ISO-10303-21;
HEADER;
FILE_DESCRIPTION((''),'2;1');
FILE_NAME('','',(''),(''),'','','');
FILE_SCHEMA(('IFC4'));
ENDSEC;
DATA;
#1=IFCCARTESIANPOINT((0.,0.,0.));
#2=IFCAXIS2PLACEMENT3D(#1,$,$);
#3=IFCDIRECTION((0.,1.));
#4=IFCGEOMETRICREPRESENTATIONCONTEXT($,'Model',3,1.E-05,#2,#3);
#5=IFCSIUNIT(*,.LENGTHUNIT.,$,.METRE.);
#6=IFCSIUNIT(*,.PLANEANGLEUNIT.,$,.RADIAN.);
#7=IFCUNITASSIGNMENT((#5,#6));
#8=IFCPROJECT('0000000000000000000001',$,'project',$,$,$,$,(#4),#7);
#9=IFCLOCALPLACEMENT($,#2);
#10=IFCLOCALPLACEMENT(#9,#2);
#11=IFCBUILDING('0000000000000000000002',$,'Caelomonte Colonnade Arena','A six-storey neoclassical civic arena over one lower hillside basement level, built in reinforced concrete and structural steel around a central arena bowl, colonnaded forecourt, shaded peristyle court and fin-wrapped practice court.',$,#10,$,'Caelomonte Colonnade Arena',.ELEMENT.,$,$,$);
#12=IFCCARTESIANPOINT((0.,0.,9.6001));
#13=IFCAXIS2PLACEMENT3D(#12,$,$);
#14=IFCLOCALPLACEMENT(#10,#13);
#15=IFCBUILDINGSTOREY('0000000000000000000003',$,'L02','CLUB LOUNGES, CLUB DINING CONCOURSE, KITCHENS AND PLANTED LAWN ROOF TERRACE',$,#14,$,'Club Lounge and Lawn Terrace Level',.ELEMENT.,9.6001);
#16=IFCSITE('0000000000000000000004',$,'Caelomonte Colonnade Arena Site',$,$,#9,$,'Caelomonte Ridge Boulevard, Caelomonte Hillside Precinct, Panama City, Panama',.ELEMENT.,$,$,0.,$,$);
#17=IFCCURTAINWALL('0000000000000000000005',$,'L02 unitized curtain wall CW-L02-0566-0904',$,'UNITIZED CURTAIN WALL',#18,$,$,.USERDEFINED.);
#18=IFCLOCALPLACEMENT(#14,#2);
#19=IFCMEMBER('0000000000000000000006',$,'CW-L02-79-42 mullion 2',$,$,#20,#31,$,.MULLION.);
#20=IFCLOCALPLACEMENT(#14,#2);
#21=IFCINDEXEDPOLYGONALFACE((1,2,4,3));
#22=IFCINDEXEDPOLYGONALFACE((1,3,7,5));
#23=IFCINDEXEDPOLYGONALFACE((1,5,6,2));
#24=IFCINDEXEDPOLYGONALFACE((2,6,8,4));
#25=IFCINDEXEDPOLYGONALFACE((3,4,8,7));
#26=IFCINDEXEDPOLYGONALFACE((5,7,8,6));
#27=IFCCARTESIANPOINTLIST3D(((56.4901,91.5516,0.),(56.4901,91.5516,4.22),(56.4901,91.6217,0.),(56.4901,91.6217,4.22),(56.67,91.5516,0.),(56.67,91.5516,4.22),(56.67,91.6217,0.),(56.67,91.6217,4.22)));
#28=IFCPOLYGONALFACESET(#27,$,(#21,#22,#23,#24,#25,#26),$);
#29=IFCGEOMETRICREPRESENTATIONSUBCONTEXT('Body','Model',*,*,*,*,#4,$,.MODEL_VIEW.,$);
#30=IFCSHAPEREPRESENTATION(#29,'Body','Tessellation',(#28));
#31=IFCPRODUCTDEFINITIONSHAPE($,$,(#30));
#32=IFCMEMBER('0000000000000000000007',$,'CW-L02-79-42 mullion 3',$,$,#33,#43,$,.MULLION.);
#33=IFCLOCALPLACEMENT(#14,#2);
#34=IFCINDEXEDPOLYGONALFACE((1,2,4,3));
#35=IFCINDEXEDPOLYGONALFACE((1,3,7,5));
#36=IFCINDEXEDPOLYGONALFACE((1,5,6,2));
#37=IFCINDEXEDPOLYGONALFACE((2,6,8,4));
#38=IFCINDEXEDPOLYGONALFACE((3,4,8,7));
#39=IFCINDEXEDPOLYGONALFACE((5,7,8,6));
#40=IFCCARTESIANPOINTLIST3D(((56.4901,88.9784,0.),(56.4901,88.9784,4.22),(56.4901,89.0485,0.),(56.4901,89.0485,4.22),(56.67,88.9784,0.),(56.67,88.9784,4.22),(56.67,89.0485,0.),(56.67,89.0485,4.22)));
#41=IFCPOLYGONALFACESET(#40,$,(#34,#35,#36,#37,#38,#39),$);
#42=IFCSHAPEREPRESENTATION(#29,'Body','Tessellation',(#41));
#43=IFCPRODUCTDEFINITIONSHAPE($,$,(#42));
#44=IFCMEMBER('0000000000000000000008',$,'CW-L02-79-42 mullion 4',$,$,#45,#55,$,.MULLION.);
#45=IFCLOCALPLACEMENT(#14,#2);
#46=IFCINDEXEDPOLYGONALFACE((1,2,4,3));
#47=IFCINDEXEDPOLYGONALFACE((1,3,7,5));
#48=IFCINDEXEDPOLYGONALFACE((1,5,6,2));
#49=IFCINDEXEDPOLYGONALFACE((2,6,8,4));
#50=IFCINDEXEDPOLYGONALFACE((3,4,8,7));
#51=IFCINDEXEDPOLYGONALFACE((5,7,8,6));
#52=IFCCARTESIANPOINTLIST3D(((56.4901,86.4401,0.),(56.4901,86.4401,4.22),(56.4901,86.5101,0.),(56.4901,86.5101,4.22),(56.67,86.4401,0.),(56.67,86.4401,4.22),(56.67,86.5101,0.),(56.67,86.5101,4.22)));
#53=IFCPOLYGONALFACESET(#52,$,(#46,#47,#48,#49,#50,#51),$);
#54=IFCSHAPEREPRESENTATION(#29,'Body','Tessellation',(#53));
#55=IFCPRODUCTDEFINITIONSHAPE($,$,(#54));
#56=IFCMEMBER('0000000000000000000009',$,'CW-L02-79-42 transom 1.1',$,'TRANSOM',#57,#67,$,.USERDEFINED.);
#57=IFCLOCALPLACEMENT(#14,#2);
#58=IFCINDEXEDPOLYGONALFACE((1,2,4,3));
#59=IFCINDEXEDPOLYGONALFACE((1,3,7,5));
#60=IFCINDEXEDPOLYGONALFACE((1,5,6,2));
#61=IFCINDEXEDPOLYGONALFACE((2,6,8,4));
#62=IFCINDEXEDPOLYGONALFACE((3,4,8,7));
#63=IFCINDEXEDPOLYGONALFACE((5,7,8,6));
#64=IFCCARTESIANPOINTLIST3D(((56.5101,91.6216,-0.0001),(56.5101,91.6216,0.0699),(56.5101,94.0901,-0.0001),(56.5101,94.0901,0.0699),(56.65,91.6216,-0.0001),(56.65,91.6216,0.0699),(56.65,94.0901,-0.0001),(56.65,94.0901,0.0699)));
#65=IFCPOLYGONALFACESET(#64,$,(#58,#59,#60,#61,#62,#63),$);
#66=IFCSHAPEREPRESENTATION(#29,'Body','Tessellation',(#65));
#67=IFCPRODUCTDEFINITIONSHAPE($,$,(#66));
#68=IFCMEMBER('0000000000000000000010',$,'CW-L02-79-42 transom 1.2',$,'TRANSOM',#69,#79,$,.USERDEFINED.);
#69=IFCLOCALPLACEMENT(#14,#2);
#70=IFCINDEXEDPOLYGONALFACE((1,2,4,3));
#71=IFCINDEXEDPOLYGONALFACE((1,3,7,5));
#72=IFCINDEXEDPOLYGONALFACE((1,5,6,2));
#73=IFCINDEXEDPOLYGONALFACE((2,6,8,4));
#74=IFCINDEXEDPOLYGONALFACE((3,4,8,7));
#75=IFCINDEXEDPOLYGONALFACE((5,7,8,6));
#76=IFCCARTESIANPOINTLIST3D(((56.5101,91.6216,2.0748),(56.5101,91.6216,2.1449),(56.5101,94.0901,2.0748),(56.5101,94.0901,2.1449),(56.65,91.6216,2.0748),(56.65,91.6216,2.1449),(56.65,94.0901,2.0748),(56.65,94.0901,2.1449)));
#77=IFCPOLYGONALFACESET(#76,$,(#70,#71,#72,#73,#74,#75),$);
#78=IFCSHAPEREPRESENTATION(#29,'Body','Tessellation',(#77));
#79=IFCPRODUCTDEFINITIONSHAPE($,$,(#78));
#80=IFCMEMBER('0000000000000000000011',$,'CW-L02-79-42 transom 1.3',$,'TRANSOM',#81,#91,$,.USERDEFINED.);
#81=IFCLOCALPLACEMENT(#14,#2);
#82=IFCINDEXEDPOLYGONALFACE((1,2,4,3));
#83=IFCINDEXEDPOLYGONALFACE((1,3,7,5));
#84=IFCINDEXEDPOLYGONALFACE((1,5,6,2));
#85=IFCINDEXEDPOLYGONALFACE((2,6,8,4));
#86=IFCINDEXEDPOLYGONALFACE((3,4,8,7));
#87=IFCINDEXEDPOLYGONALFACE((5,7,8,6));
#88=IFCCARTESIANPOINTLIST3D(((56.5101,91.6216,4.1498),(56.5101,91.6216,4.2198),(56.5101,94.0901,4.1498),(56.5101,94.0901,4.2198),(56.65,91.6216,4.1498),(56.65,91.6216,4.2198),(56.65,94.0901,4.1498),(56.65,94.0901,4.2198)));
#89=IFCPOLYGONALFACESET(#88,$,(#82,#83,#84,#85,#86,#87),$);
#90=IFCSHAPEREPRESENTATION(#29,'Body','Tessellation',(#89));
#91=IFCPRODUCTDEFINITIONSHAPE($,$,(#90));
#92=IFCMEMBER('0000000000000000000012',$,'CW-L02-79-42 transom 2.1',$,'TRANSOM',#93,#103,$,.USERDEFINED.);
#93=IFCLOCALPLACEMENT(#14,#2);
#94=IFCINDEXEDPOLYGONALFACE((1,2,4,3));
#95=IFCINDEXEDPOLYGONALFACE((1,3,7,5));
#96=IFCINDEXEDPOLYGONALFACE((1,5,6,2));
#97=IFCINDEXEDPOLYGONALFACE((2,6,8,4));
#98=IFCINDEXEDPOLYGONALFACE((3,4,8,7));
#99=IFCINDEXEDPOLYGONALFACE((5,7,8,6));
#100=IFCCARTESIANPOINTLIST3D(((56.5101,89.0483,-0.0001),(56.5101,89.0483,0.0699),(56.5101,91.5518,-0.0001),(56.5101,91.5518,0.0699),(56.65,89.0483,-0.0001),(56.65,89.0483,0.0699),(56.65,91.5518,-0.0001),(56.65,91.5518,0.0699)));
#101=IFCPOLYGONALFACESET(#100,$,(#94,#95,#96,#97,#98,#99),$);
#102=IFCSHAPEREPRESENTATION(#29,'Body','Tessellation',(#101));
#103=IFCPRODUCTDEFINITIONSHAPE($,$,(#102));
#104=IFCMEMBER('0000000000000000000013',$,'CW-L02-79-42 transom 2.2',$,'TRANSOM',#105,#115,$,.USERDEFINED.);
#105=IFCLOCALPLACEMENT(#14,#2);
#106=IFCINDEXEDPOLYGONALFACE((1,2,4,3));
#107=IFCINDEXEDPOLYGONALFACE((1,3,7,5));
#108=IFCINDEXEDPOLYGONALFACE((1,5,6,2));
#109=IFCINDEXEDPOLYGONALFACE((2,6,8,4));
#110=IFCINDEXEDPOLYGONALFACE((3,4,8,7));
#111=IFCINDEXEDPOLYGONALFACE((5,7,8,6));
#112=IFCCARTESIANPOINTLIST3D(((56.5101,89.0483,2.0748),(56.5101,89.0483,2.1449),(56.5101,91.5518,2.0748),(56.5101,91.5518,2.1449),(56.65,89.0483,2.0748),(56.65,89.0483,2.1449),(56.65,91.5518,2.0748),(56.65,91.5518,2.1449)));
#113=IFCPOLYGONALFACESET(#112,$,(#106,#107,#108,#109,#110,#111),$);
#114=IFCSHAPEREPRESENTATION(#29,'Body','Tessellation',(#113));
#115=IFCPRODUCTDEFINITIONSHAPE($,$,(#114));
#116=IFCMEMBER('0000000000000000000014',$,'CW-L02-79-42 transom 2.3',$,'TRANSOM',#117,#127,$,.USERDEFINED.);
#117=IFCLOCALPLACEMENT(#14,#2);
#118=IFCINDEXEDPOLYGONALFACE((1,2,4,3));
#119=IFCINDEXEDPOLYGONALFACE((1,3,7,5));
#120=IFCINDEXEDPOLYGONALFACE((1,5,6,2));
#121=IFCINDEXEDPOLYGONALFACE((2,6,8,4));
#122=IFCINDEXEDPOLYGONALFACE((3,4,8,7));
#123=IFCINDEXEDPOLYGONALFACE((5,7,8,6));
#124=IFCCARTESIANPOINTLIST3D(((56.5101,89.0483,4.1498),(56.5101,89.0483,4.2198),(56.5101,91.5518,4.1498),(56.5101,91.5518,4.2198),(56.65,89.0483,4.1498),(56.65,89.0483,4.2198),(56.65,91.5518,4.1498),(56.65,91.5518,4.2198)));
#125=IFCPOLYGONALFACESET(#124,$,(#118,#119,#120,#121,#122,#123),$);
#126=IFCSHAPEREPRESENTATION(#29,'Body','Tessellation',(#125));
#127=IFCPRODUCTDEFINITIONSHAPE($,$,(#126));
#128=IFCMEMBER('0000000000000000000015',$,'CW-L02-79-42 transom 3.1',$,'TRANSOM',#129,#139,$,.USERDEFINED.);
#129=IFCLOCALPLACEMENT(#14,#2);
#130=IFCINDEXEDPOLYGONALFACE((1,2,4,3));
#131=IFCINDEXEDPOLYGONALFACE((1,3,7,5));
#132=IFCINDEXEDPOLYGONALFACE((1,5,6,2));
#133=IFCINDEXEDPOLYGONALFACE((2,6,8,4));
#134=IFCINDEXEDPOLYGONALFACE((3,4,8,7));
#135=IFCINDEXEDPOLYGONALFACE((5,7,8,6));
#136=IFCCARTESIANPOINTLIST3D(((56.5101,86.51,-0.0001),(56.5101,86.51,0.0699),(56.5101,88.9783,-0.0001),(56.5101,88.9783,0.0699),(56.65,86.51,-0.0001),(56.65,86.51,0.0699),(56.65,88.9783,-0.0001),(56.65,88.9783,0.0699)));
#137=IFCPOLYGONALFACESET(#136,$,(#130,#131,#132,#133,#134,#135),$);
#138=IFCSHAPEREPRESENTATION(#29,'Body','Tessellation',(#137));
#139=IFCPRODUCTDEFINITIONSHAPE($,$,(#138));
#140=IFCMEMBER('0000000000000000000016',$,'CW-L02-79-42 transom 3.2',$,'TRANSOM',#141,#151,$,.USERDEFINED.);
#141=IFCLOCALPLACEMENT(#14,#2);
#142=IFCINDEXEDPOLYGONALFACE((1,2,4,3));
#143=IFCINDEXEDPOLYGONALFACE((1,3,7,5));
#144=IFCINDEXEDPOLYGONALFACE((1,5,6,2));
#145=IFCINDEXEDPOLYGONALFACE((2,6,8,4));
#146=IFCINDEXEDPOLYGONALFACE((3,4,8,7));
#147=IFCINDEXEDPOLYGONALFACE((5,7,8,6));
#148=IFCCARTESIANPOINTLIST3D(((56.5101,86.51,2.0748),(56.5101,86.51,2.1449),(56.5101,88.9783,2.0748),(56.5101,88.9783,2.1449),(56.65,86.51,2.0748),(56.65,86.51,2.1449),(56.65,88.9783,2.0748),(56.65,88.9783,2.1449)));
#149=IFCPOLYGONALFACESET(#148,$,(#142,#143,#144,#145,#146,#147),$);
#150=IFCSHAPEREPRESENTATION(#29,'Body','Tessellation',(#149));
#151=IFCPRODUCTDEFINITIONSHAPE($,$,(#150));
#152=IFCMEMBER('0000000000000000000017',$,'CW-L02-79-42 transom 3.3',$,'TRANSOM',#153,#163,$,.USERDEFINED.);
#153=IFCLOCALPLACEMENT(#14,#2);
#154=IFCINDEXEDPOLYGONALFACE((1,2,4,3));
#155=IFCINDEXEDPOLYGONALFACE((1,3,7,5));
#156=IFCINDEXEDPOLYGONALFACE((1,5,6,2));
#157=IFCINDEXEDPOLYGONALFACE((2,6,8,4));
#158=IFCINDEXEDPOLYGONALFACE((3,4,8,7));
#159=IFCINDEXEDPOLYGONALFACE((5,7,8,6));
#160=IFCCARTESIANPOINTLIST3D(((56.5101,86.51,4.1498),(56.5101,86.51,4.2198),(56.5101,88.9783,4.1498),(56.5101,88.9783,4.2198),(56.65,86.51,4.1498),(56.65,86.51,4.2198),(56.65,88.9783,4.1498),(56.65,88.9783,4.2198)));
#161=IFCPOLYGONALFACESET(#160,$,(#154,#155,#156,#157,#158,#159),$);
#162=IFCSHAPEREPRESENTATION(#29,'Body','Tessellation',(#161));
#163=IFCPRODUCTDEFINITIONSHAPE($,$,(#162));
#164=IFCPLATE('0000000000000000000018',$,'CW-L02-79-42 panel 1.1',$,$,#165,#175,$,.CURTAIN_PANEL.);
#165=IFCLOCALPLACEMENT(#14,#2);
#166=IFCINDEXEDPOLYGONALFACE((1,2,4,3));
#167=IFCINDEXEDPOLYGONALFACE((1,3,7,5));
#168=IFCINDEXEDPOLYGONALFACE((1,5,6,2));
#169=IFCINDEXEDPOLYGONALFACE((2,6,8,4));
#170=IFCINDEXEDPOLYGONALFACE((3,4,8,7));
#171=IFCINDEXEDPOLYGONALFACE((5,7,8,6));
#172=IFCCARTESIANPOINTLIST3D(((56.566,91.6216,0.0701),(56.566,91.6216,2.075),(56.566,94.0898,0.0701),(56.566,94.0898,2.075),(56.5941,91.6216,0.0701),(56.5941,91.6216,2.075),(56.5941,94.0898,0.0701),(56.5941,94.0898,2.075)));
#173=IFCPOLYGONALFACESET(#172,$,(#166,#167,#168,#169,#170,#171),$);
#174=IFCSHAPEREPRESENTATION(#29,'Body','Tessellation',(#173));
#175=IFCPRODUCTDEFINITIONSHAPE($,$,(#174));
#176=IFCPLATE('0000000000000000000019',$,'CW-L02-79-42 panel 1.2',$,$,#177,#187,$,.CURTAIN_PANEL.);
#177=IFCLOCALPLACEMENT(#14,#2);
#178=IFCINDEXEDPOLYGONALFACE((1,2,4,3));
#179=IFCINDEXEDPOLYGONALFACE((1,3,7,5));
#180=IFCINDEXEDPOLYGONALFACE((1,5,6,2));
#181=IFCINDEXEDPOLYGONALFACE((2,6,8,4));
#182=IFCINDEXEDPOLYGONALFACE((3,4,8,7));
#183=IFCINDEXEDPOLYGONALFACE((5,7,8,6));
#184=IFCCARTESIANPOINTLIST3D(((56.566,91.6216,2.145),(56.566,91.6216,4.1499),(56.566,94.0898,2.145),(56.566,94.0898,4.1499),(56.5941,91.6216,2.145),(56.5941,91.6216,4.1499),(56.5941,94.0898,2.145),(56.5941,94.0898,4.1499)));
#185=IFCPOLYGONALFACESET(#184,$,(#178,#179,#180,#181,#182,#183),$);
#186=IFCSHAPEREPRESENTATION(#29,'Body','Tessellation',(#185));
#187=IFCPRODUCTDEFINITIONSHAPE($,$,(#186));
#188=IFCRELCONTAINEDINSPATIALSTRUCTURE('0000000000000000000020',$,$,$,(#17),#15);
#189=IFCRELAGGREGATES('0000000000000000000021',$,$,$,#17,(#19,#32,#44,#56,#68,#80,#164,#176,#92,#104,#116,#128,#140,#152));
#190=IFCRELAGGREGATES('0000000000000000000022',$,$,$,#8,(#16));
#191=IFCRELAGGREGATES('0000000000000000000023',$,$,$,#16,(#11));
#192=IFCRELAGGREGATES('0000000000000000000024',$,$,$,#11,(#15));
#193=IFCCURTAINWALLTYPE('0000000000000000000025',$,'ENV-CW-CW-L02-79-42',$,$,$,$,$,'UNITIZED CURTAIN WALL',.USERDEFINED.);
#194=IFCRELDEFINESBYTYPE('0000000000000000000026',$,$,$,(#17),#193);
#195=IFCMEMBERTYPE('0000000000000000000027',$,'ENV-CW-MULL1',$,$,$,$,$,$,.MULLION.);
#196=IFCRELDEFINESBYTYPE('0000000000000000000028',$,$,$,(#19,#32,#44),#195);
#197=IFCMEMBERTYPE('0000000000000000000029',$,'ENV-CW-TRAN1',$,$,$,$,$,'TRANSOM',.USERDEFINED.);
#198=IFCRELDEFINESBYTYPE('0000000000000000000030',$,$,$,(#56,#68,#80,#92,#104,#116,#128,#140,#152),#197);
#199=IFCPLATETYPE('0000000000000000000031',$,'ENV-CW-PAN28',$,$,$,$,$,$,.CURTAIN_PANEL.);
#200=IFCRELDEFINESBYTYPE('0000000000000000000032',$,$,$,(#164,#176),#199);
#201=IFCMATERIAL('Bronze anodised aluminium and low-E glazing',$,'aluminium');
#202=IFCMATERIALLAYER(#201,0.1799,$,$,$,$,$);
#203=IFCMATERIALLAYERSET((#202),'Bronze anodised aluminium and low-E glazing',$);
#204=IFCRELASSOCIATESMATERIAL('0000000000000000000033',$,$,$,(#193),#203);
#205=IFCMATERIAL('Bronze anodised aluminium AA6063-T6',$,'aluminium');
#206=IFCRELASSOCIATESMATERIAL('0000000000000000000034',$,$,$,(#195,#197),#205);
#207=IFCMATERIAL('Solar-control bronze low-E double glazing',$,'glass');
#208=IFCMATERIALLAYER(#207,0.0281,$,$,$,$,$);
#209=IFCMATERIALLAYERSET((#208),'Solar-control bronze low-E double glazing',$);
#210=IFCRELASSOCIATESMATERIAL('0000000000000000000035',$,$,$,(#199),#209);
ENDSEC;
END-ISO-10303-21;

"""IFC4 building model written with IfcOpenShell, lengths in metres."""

from ifc_helpers import new_model, si_unit, direction, frame, origin, origin_2d, place, context, subcontext, project, spatial, rectangle, extrude, material, layer, layer_set, material_profile, profile_set, type_object, element, aggregate, save


model = new_model("IFC4")

# Units and contexts
model_context = context("Model", 3, precision=1e-05, world=origin(), true_north=direction((0.0, 1.0)))
body_context = subcontext(model_context, "Body", "Model", "MODEL_VIEW")
ifc_project = project(units=[si_unit("LENGTHUNIT", "METRE"), si_unit("PLANEANGLEUNIT", "RADIAN")], contexts=[model_context])

# Site, building, storey
site_placement = place(None, origin())
site = spatial("IfcSite", under=ifc_project, at=site_placement, Name="Caelomonte Colonnade Arena Site", LongName="Caelomonte Ridge Boulevard, Caelomonte Hillside Precinct, Panama City, Panama", CompositionType="ELEMENT", RefElevation=0.0)
building_placement = place(site_placement, origin())
building = spatial("IfcBuilding", under=site, at=building_placement, Name="Caelomonte Colonnade Arena", Description="A six-storey neoclassical civic arena over one lower hillside basement level, built in reinforced concrete and structural steel around a central arena bowl, colonnaded forecourt, shaded peristyle court and fin-wrapped practice court.", LongName="Caelomonte Colonnade Arena", CompositionType="ELEMENT")
storey_placement = place(building_placement, frame((0.0, 0.0, 9.6001)))
storey = spatial("IfcBuildingStorey", under=building, at=storey_placement, Name="L02", Description="CLUB LOUNGES, CLUB DINING CONCOURSE, KITCHENS AND PLANTED LAWN ROOF TERRACE", LongName="Club Lounge and Lawn Terrace Level", CompositionType="ELEMENT", Elevation=9.6001)

# Curtain wall, members, plates
ifc_material_1 = material(Name="Bronze anodised aluminium and low-E glazing", Category="aluminium")
ifc_layer_1 = layer(ifc_material_1, 0.1799)
ifc_layer_set_1 = layer_set([ifc_layer_1], Name="Bronze anodised aluminium and low-E glazing")
curtain_wall_type = type_object("IfcCurtainWallType", Name="ENV-CW-CW-L02-79-42", ElementType="UNITIZED CURTAIN WALL", PredefinedType="USERDEFINED", material=ifc_layer_set_1)
curtain_wall_placement = place(storey_placement, origin())
curtain_wall = element("IfcCurtainWall", 1, at=curtain_wall_placement, inside=storey, type_object=curtain_wall_type, Name="L02 unitized curtain wall CW-L02-0566-0904", ObjectType="UNITIZED CURTAIN WALL", PredefinedType="USERDEFINED")
ifc_material_2 = material(Name="Bronze anodised aluminium AA6063-T6", Category="aluminium")
ifc_material_profile_1 = material_profile(ifc_material_2, rectangle(XDim=0.0701, YDim=0.1799, at=origin_2d()), Name="CWM-70X180")
ifc_profile_set_1 = profile_set([ifc_material_profile_1], Name="Bronze anodised aluminium AA6063-T6")
member_type_1 = type_object("IfcMemberType", Name="ENV-CW-MULL1", PredefinedType="MULLION", material=ifc_profile_set_1)
member_1_placement = place(storey_placement, frame((56.5801, 91.5867, 0.0), z_axis=(0.0, 0.0, 1.0), x_axis=(0.0, -1.0, 0.0)))
member_1 = element("IfcMember", 2, at=member_1_placement, type_object=member_type_1, Name="CW-L02-79-42 mullion 2", PredefinedType="MULLION", context=body_context, shape_type="SweptSolid", body=[
    extrude(rectangle(XDim=0.0701, YDim=0.1799, at=origin_2d()), origin(), (0.0, 0.0, 1.0), 4.22),
])
member_2_placement = place(storey_placement, frame((56.5801, 89.0134, 0.0), z_axis=(0.0, 0.0, 1.0), x_axis=(0.0, -1.0, 0.0)))
member_2 = element("IfcMember", 3, at=member_2_placement, type_object=member_type_1, Name="CW-L02-79-42 mullion 3", PredefinedType="MULLION", context=body_context, shape_type="SweptSolid", body=[
    extrude(rectangle(XDim=0.0701, YDim=0.1799, at=origin_2d()), origin(), (0.0, 0.0, 1.0), 4.22),
])
member_3_placement = place(storey_placement, frame((56.5801, 86.4751, 0.0), z_axis=(0.0, 0.0, 1.0), x_axis=(0.0, -1.0, 0.0)))
member_3 = element("IfcMember", 4, at=member_3_placement, type_object=member_type_1, Name="CW-L02-79-42 mullion 4", PredefinedType="MULLION", context=body_context, shape_type="SweptSolid", body=[
    extrude(rectangle(XDim=0.0701, YDim=0.1799, at=origin_2d()), origin(), (0.0, 0.0, 1.0), 4.22),
])
ifc_material_profile_2 = material_profile(ifc_material_2, rectangle(XDim=0.0701, YDim=0.1399, at=origin_2d()), Name="CWT-70X140")
ifc_profile_set_2 = profile_set([ifc_material_profile_2], Name="Bronze anodised aluminium AA6063-T6")
member_type_2 = type_object("IfcMemberType", Name="ENV-CW-TRAN1", ElementType="TRANSOM", PredefinedType="USERDEFINED", material=ifc_profile_set_2)
member_4_placement = place(storey_placement, frame((56.5801, 94.0901, 0.0349), z_axis=(0.0, -1.0, 0.0), x_axis=(0.0, 0.0, 1.0)))
member_4 = element("IfcMember", 5, at=member_4_placement, type_object=member_type_2, Name="CW-L02-79-42 transom 1.1", ObjectType="TRANSOM", PredefinedType="USERDEFINED", context=body_context, shape_type="SweptSolid", body=[
    extrude(rectangle(XDim=0.0701, YDim=0.1399, at=origin_2d()), origin(), (0.0, 0.0, 1.0), 2.4685),
])
member_5_placement = place(storey_placement, frame((56.5801, 94.0901, 2.1099), z_axis=(0.0, -1.0, 0.0), x_axis=(0.0, 0.0, 1.0)))
member_5 = element("IfcMember", 6, at=member_5_placement, type_object=member_type_2, Name="CW-L02-79-42 transom 1.2", ObjectType="TRANSOM", PredefinedType="USERDEFINED", context=body_context, shape_type="SweptSolid", body=[
    extrude(rectangle(XDim=0.0701, YDim=0.1399, at=origin_2d()), origin(), (0.0, 0.0, 1.0), 2.4685),
])
member_6_placement = place(storey_placement, frame((56.5801, 94.0901, 4.1848), z_axis=(0.0, -1.0, 0.0), x_axis=(0.0, 0.0, 1.0)))
member_6 = element("IfcMember", 7, at=member_6_placement, type_object=member_type_2, Name="CW-L02-79-42 transom 1.3", ObjectType="TRANSOM", PredefinedType="USERDEFINED", context=body_context, shape_type="SweptSolid", body=[
    extrude(rectangle(XDim=0.0701, YDim=0.1399, at=origin_2d()), origin(), (0.0, 0.0, 1.0), 2.4685),
])
member_7_placement = place(storey_placement, frame((56.5801, 91.5518, 0.0349), z_axis=(0.0, -1.0, 0.0), x_axis=(0.0, 0.0, 1.0)))
member_7 = element("IfcMember", 8, at=member_7_placement, type_object=member_type_2, Name="CW-L02-79-42 transom 2.1", ObjectType="TRANSOM", PredefinedType="USERDEFINED", context=body_context, shape_type="SweptSolid", body=[
    extrude(rectangle(XDim=0.0701, YDim=0.1399, at=origin_2d()), origin(), (0.0, 0.0, 1.0), 2.5034),
])
member_8_placement = place(storey_placement, frame((56.5801, 91.5518, 2.1099), z_axis=(0.0, -1.0, 0.0), x_axis=(0.0, 0.0, 1.0)))
member_8 = element("IfcMember", 9, at=member_8_placement, type_object=member_type_2, Name="CW-L02-79-42 transom 2.2", ObjectType="TRANSOM", PredefinedType="USERDEFINED", context=body_context, shape_type="SweptSolid", body=[
    extrude(rectangle(XDim=0.0701, YDim=0.1399, at=origin_2d()), origin(), (0.0, 0.0, 1.0), 2.5034),
])
member_9_placement = place(storey_placement, frame((56.5801, 91.5518, 4.1848), z_axis=(0.0, -1.0, 0.0), x_axis=(0.0, 0.0, 1.0)))
member_9 = element("IfcMember", 10, at=member_9_placement, type_object=member_type_2, Name="CW-L02-79-42 transom 2.3", ObjectType="TRANSOM", PredefinedType="USERDEFINED", context=body_context, shape_type="SweptSolid", body=[
    extrude(rectangle(XDim=0.0701, YDim=0.1399, at=origin_2d()), origin(), (0.0, 0.0, 1.0), 2.5034),
])
member_10_placement = place(storey_placement, frame((56.5801, 88.9783, 0.0349), z_axis=(0.0, -1.0, 0.0), x_axis=(0.0, 0.0, 1.0)))
member_10 = element("IfcMember", 11, at=member_10_placement, type_object=member_type_2, Name="CW-L02-79-42 transom 3.1", ObjectType="TRANSOM", PredefinedType="USERDEFINED", context=body_context, shape_type="SweptSolid", body=[
    extrude(rectangle(XDim=0.0701, YDim=0.1399, at=origin_2d()), origin(), (0.0, 0.0, 1.0), 2.4683),
])
member_11_placement = place(storey_placement, frame((56.5801, 88.9783, 2.1099), z_axis=(0.0, -1.0, 0.0), x_axis=(0.0, 0.0, 1.0)))
member_11 = element("IfcMember", 12, at=member_11_placement, type_object=member_type_2, Name="CW-L02-79-42 transom 3.2", ObjectType="TRANSOM", PredefinedType="USERDEFINED", context=body_context, shape_type="SweptSolid", body=[
    extrude(rectangle(XDim=0.0701, YDim=0.1399, at=origin_2d()), origin(), (0.0, 0.0, 1.0), 2.4683),
])
member_12_placement = place(storey_placement, frame((56.5801, 88.9783, 4.1848), z_axis=(0.0, -1.0, 0.0), x_axis=(0.0, 0.0, 1.0)))
member_12 = element("IfcMember", 13, at=member_12_placement, type_object=member_type_2, Name="CW-L02-79-42 transom 3.3", ObjectType="TRANSOM", PredefinedType="USERDEFINED", context=body_context, shape_type="SweptSolid", body=[
    extrude(rectangle(XDim=0.0701, YDim=0.1399, at=origin_2d()), origin(), (0.0, 0.0, 1.0), 2.4683),
])
ifc_material_3 = material(Name="Solar-control bronze low-E double glazing", Category="glass")
ifc_layer_2 = layer(ifc_material_3, 0.0281)
ifc_layer_set_2 = layer_set([ifc_layer_2], Name="Solar-control bronze low-E double glazing")
plate_type = type_object("IfcPlateType", Name="ENV-CW-PAN28", PredefinedType="CURTAIN_PANEL", material=ifc_layer_set_2)
plate_1_placement = place(storey_placement, frame((56.5801, 92.8557, 0.0701), z_axis=(0.0, 0.0, 1.0), x_axis=(0.0, -1.0, 0.0)))
plate_1 = element("IfcPlate", 14, at=plate_1_placement, type_object=plate_type, Name="CW-L02-79-42 panel 1.1", PredefinedType="CURTAIN_PANEL", context=body_context, shape_type="SweptSolid", body=[
    extrude(rectangle(XDim=2.4683, YDim=0.0281, at=origin_2d()), origin(), (0.0, 0.0, 1.0), 2.0049),
])
plate_2_placement = place(storey_placement, frame((56.5801, 92.8557, 2.145), z_axis=(0.0, 0.0, 1.0), x_axis=(0.0, -1.0, 0.0)))
plate_2 = element("IfcPlate", 15, at=plate_2_placement, type_object=plate_type, Name="CW-L02-79-42 panel 1.2", PredefinedType="CURTAIN_PANEL", context=body_context, shape_type="SweptSolid", body=[
    extrude(rectangle(XDim=2.4683, YDim=0.0281, at=origin_2d()), origin(), (0.0, 0.0, 1.0), 2.0049),
])
aggregate(curtain_wall, [member_1, member_2, member_3, member_4, member_5, member_6, plate_1, plate_2, member_7, member_8, member_9, member_10, member_11, member_12])

save(model, "model.ifc")
